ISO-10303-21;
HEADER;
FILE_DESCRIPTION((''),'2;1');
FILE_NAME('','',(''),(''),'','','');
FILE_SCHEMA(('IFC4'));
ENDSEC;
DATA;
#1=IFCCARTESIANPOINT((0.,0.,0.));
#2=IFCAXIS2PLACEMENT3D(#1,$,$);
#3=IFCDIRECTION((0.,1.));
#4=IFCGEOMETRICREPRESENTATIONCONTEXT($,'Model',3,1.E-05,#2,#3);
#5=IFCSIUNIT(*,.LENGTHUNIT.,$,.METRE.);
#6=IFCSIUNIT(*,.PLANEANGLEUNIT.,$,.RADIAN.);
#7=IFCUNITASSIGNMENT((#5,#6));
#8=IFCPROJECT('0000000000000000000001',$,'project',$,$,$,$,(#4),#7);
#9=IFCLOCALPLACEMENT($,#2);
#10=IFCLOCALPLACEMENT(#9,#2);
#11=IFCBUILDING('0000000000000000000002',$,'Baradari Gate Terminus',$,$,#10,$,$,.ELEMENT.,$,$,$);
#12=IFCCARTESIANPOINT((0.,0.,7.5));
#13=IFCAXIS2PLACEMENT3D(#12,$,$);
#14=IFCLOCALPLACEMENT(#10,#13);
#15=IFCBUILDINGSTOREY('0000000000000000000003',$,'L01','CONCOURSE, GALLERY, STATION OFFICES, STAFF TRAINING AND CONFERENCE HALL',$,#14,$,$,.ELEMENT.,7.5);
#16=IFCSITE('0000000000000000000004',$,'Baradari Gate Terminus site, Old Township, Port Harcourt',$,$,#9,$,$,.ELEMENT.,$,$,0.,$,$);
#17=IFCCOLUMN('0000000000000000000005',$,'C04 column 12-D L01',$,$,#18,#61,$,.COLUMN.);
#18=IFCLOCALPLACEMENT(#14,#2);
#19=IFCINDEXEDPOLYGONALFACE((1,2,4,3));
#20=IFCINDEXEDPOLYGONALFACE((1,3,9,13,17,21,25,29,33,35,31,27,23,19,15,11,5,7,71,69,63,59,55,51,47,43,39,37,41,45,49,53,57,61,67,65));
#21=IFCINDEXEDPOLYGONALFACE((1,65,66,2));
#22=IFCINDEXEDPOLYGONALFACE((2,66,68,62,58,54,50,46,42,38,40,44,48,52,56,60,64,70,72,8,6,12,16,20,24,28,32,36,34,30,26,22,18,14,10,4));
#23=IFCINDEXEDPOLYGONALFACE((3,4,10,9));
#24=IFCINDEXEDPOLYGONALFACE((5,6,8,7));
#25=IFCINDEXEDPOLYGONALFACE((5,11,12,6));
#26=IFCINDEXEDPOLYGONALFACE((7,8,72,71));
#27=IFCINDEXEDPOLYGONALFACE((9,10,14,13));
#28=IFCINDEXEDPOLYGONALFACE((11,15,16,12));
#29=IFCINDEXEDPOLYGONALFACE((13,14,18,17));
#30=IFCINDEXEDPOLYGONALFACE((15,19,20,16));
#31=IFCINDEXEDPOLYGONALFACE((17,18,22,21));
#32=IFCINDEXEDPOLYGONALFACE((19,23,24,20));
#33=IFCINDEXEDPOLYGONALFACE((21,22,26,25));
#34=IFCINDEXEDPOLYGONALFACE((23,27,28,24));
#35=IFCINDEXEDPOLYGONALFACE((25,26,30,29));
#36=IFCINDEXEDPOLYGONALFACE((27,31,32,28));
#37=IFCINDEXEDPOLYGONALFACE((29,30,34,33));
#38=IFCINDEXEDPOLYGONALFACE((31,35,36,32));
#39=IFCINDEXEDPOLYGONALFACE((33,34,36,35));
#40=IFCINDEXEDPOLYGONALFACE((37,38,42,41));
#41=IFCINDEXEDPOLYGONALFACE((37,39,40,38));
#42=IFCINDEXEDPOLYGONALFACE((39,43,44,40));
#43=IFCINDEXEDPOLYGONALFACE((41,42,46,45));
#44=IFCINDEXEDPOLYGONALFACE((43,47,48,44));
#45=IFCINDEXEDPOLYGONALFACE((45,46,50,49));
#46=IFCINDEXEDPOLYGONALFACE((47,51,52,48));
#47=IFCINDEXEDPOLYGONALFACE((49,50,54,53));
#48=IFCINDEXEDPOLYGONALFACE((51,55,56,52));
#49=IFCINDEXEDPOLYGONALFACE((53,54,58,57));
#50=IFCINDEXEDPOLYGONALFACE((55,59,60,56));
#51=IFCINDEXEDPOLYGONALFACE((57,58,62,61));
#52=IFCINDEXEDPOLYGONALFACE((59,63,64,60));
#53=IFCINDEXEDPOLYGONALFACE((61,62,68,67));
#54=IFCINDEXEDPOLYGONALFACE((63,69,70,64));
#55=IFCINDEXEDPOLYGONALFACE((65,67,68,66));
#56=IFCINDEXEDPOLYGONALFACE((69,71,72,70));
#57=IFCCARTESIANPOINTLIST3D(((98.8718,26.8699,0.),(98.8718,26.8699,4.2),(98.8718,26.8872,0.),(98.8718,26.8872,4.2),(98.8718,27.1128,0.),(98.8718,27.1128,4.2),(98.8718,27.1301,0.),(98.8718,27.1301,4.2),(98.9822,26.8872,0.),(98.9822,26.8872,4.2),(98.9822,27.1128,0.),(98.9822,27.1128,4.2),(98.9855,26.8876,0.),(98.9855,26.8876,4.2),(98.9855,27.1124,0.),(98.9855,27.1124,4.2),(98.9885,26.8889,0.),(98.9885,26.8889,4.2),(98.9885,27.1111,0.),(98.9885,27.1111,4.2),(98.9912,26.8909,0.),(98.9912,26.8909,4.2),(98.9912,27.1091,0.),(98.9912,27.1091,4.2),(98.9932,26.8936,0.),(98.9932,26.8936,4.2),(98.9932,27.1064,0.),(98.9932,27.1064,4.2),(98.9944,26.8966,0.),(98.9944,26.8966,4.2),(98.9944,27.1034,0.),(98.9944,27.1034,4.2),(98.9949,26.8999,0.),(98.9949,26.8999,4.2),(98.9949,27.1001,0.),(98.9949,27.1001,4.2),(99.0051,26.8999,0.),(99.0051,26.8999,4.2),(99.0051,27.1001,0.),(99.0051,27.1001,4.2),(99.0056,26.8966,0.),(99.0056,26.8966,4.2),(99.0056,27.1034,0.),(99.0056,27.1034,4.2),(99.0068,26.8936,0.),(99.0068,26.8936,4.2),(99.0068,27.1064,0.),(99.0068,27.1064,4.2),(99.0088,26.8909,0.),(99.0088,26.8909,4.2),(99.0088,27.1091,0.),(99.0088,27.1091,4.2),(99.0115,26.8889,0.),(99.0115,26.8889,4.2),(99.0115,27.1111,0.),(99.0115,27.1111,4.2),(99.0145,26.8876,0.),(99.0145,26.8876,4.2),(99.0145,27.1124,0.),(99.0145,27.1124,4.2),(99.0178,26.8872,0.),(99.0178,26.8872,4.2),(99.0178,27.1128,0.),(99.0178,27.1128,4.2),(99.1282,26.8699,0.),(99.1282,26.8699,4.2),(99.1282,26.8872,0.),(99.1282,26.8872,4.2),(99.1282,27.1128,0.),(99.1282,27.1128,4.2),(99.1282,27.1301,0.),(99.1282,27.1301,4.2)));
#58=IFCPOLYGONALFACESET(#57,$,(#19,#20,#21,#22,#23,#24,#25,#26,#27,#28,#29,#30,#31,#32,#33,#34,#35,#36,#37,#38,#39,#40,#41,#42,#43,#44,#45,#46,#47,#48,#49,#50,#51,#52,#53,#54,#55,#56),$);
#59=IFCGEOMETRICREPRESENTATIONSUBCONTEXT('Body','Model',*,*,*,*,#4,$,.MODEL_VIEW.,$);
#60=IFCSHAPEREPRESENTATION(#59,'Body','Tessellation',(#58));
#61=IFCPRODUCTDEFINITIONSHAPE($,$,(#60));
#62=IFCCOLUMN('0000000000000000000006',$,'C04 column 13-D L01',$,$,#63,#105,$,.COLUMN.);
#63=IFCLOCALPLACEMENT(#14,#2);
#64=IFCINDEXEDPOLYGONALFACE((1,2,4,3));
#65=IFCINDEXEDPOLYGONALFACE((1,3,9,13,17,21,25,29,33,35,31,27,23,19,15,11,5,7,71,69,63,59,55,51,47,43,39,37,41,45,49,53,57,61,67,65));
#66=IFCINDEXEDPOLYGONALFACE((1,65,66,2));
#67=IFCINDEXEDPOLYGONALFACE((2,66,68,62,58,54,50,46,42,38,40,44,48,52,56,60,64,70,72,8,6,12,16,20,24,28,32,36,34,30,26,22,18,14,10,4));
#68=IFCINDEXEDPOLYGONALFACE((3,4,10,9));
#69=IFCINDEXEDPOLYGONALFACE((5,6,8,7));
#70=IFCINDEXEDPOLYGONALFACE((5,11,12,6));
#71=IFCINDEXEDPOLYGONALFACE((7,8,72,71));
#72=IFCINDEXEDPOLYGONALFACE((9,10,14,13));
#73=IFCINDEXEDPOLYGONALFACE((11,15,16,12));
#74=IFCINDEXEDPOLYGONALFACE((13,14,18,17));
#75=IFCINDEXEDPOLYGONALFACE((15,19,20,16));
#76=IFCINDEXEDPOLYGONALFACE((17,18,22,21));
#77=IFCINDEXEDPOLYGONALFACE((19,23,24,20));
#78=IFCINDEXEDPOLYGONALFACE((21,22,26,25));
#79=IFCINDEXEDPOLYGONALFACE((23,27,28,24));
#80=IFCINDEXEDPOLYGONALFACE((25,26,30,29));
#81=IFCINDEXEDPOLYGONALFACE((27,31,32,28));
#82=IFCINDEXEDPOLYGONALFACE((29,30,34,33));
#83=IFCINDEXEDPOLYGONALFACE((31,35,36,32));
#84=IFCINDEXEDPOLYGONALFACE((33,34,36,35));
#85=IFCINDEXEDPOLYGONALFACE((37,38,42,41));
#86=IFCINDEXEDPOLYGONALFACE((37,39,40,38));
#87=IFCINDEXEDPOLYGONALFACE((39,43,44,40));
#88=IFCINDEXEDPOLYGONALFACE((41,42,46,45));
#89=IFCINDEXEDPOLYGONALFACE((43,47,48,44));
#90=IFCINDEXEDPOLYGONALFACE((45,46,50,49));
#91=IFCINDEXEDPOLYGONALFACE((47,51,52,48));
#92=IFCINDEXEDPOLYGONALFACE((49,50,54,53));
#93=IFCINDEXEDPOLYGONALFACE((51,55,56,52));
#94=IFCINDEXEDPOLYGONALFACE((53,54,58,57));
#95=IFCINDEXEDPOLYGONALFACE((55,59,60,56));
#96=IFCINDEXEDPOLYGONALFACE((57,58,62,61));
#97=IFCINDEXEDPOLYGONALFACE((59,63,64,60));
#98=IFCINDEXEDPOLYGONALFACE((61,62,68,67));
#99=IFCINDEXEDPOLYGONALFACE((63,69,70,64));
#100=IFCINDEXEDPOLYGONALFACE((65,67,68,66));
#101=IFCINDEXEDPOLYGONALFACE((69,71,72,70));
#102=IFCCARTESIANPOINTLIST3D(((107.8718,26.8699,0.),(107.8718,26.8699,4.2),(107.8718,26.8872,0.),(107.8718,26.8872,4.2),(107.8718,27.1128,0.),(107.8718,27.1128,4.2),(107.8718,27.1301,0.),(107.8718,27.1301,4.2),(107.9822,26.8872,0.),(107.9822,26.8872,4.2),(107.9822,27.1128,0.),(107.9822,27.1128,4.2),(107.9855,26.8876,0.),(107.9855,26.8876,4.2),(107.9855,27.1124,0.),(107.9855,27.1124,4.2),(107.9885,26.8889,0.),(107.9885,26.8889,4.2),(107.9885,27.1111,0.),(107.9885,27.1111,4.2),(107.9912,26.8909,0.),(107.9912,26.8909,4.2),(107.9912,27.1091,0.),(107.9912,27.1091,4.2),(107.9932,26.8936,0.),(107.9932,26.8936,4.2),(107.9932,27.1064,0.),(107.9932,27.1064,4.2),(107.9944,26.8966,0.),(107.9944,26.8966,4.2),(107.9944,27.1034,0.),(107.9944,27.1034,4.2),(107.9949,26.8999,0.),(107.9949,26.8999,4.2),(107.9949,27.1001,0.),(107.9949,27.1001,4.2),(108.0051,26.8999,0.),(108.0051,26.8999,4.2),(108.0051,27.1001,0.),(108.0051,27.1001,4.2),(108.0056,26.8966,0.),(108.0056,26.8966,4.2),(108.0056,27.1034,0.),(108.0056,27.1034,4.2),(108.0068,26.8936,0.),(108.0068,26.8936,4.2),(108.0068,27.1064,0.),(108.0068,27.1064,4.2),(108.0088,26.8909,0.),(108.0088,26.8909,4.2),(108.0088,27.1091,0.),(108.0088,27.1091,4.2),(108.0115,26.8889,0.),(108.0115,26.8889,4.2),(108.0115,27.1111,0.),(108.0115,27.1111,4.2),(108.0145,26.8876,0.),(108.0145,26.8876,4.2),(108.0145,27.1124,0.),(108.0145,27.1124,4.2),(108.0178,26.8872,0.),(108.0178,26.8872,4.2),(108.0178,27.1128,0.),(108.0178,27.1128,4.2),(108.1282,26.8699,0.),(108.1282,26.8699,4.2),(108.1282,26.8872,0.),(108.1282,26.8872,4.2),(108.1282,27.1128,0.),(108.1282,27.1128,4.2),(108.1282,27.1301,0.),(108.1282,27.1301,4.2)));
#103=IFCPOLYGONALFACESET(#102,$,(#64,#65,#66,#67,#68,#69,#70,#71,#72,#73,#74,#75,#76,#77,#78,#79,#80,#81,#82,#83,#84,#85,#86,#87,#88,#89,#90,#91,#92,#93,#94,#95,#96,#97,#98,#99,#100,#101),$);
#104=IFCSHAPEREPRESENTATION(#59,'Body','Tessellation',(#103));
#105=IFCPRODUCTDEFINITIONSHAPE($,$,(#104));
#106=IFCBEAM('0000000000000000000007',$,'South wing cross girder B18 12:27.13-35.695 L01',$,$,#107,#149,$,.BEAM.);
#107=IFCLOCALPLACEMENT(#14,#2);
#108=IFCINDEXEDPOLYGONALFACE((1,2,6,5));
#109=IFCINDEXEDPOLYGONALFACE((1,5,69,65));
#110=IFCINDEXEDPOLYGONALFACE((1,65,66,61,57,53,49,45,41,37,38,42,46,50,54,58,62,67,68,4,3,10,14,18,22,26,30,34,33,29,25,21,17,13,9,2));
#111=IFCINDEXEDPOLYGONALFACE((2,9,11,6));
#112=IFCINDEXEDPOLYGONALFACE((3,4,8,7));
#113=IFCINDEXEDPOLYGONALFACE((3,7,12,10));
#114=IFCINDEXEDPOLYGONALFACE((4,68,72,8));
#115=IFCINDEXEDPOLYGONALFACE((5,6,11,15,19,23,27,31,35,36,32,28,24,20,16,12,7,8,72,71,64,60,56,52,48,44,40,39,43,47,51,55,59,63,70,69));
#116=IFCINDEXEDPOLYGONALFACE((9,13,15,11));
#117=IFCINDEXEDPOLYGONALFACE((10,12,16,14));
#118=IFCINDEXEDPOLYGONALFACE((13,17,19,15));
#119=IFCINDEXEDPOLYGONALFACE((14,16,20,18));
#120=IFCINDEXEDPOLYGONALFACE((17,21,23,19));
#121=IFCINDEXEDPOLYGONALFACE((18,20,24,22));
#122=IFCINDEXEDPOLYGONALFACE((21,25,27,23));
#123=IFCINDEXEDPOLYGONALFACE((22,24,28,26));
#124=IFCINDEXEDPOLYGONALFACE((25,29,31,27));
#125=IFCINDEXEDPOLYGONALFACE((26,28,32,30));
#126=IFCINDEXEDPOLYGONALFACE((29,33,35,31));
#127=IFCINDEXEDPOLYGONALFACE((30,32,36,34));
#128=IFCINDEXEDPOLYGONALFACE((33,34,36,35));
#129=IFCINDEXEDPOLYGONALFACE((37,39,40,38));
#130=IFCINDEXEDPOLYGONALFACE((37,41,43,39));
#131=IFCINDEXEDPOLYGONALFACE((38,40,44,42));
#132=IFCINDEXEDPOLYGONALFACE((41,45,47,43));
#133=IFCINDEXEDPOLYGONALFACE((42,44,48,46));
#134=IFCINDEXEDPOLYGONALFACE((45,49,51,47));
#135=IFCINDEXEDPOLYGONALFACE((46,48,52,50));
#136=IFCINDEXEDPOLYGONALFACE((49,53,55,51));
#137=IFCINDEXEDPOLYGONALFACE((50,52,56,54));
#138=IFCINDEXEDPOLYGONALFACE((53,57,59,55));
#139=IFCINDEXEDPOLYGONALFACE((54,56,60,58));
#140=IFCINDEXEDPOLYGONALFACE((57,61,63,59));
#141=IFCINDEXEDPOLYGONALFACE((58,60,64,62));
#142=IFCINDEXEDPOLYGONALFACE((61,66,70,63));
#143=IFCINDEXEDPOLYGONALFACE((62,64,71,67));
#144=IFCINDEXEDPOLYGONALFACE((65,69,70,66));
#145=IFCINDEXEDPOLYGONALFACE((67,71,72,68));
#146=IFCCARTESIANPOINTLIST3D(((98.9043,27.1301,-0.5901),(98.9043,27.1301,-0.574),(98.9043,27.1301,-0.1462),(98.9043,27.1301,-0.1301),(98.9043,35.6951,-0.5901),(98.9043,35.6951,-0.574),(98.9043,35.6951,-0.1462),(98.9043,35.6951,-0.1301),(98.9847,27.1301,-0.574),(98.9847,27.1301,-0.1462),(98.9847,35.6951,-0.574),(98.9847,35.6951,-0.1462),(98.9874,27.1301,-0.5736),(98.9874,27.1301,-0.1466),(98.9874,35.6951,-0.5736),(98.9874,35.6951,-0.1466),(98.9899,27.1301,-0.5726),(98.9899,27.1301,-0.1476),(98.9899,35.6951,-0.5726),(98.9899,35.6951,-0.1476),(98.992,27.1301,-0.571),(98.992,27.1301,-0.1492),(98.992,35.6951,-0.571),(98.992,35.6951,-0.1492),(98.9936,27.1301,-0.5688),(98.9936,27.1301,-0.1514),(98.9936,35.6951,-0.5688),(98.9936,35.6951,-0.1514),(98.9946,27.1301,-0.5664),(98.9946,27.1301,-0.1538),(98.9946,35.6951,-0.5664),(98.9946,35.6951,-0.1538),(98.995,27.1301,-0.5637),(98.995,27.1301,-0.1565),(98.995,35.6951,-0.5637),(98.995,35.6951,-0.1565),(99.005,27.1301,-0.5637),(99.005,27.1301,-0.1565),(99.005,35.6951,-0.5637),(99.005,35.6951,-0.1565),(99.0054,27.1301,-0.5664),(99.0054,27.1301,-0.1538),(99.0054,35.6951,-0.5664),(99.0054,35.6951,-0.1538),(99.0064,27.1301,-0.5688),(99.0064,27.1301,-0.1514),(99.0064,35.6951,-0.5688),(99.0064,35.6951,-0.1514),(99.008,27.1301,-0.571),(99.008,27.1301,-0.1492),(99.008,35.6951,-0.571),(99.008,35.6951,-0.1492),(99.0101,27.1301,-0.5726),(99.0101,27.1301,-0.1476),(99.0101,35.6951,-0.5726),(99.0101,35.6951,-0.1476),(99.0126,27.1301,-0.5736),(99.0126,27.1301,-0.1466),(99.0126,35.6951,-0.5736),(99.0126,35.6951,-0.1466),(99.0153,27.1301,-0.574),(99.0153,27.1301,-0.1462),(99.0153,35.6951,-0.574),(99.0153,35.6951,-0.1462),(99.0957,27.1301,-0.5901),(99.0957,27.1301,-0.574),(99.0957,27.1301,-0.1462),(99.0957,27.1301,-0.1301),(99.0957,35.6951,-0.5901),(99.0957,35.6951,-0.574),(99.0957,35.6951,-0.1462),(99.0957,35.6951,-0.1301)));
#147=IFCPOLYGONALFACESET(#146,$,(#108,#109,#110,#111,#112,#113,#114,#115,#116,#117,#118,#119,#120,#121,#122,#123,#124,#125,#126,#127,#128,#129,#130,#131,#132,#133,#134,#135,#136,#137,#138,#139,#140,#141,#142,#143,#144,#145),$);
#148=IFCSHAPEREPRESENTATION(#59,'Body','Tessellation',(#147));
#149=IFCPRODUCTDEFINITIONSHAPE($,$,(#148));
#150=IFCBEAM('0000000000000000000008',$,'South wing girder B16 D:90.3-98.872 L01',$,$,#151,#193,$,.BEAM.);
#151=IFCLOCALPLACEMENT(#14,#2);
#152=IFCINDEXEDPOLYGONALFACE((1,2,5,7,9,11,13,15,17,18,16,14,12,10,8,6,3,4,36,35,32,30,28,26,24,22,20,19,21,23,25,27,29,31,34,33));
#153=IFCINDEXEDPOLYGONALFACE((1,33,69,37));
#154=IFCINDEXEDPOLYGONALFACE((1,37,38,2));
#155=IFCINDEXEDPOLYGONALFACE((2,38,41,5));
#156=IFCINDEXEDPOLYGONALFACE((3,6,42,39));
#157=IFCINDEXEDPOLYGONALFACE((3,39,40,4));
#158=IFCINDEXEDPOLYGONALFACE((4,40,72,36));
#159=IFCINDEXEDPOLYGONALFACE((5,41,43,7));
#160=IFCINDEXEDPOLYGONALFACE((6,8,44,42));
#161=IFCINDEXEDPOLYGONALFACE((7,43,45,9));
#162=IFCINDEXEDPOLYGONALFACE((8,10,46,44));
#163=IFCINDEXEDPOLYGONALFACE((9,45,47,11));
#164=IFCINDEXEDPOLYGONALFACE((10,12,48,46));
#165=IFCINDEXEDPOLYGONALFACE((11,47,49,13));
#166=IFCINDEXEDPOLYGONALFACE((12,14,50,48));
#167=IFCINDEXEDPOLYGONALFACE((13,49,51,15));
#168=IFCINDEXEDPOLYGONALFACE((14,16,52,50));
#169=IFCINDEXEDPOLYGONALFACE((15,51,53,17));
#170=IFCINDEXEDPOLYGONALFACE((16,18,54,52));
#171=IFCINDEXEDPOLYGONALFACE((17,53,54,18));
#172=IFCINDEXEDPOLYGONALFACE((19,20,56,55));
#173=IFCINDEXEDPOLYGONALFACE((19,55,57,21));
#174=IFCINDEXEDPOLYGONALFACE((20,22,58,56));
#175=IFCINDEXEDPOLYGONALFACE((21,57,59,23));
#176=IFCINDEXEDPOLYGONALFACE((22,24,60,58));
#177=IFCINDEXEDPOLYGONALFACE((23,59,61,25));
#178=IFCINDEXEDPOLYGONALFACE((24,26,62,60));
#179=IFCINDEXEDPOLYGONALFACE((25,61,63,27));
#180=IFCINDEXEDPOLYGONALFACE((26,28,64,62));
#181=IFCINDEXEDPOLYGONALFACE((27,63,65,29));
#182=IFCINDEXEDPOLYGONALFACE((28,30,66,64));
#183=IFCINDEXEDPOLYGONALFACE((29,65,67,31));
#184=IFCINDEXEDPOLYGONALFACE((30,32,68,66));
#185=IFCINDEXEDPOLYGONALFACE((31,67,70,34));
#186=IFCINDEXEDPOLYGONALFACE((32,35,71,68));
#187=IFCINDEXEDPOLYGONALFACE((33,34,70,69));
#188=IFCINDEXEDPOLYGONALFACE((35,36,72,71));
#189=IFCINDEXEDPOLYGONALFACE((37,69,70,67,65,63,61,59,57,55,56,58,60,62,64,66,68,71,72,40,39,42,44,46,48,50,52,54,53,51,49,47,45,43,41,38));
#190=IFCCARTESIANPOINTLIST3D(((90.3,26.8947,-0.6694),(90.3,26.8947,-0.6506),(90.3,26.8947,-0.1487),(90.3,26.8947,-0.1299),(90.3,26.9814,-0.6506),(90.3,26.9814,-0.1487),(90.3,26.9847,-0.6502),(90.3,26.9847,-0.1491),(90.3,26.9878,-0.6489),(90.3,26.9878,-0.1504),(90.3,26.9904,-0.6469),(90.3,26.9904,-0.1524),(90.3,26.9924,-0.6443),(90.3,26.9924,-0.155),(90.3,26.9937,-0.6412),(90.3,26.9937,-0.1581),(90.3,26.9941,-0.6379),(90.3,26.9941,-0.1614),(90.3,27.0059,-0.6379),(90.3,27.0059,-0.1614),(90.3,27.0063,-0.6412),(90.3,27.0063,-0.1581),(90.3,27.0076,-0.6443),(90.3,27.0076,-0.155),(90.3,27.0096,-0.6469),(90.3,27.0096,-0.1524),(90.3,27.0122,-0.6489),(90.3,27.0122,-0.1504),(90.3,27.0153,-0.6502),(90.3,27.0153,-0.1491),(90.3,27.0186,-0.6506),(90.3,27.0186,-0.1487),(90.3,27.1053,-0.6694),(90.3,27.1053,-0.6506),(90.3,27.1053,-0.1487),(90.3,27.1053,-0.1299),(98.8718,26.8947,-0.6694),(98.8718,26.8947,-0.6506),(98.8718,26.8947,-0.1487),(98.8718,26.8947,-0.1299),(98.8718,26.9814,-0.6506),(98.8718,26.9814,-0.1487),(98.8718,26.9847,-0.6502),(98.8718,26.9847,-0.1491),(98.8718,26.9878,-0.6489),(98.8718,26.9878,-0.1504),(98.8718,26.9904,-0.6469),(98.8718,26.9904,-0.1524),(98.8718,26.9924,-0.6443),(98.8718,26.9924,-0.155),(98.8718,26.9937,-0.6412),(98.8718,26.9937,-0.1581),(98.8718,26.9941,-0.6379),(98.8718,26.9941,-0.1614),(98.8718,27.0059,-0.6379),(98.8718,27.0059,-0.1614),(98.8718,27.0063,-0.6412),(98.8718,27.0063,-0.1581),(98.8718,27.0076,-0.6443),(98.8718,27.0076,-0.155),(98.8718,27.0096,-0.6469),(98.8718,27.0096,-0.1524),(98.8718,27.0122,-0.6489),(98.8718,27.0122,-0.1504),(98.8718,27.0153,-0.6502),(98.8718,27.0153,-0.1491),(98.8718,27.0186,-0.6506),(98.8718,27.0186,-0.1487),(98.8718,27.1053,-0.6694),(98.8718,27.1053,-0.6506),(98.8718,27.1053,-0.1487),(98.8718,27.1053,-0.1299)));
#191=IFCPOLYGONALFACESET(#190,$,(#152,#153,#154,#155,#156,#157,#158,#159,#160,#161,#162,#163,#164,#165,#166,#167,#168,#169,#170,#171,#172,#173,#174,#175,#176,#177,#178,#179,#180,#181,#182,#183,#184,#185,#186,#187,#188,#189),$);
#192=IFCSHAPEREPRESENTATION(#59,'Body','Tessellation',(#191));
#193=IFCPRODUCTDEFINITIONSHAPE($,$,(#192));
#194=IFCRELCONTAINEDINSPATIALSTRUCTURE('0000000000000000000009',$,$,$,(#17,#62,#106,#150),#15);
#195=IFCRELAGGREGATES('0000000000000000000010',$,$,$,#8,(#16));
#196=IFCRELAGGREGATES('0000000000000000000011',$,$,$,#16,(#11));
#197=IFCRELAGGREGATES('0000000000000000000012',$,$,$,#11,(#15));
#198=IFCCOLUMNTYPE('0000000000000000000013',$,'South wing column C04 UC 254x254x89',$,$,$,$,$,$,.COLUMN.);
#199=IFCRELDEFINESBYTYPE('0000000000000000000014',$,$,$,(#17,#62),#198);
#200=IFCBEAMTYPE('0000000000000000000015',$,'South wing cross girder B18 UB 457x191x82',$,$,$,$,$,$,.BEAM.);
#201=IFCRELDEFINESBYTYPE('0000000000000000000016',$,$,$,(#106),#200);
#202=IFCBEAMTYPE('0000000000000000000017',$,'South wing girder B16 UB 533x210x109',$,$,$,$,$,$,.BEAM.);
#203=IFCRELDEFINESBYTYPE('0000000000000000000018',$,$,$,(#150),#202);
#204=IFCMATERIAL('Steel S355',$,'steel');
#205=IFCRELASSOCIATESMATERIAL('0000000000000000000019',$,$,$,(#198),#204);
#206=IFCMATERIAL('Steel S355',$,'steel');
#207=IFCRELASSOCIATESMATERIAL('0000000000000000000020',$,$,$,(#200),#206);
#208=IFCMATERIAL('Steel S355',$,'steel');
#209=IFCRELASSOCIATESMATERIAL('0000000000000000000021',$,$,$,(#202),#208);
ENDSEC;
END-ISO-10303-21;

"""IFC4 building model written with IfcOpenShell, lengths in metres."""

from ifc_helpers import new_model, si_unit, direction, frame, origin, origin_2d, place, context, subcontext, project, spatial, i_section, extrude, material, material_profile, profile_set, type_object, element, save


model = new_model("IFC4")

# Units and contexts
model_context = context("Model", 3, precision=1e-05, world=origin(), true_north=direction((0.0, 1.0)))
body_context = subcontext(model_context, "Body", "Model", "MODEL_VIEW")
ifc_project = project(units=[si_unit("LENGTHUNIT", "METRE"), si_unit("PLANEANGLEUNIT", "RADIAN")], contexts=[model_context])

# Site, building, storey
site_placement = place(None, origin())
site = spatial("IfcSite", under=ifc_project, at=site_placement, Name="Baradari Gate Terminus site, Old Township, Port Harcourt", CompositionType="ELEMENT", RefElevation=0.0)
building_placement = place(site_placement, origin())
building = spatial("IfcBuilding", under=site, at=building_placement, Name="Baradari Gate Terminus", CompositionType="ELEMENT")
storey_placement = place(building_placement, frame((0.0, 0.0, 7.5)))
storey = spatial("IfcBuildingStorey", under=building, at=storey_placement, Name="L01", Description="CONCOURSE, GALLERY, STATION OFFICES, STAFF TRAINING AND CONFERENCE HALL", CompositionType="ELEMENT", Elevation=7.5)

# Columns
ifc_material_1 = material(Name="Steel S355", Category="steel")
ifc_material_profile_1 = material_profile(ifc_material_1, i_section(OverallWidth=0.2563, OverallDepth=0.2603, WebThickness=0.0103, FlangeThickness=0.0173, FilletRadius=0.0127, at=origin_2d()), Name="UC 254x254x89")
ifc_profile_set_1 = profile_set([ifc_material_profile_1], Name="Steel S355")
column_type = type_object("IfcColumnType", Name="South wing column C04 UC 254x254x89", PredefinedType="COLUMN", material=ifc_profile_set_1)
for number, where, z_axis, x_axis, name in (
    (1, (99.0, 27.0, 0.0), (0.0, 0.0, 1.0), (1.0, 0.0, 0.0), "C04 column 12-D L01"),
    (2, (108.0, 27.0, 0.0), (0.0, 0.0, 1.0), (1.0, 0.0, 0.0), "C04 column 13-D L01"),
):
    element("IfcColumn", number, at=place(storey_placement, frame(where, z_axis=z_axis, x_axis=x_axis)), inside=storey, type_object=column_type, Name=name, PredefinedType="COLUMN", context=body_context, shape_type="SweptSolid", body=[
        extrude(i_section(OverallWidth=0.2563, OverallDepth=0.2603, WebThickness=0.0103, FlangeThickness=0.0173, FilletRadius=0.0127, at=origin_2d()), origin(), (0.0, 0.0, 1.0), 4.2),
    ])

# Beams
ifc_material_2 = material(Name="Steel S355", Category="steel")
ifc_material_profile_2 = material_profile(ifc_material_2, i_section(OverallWidth=0.1914, OverallDepth=0.46, WebThickness=0.01, FlangeThickness=0.0161, FilletRadius=0.0103, at=origin_2d()), Name="UB 457x191x82")
ifc_profile_set_2 = profile_set([ifc_material_profile_2], Name="Steel S355")
beam_type_1 = type_object("IfcBeamType", Name="South wing cross girder B18 UB 457x191x82", PredefinedType="BEAM", material=ifc_profile_set_2)
beam_1_placement = place(storey_placement, frame((99.0, 27.1301, -0.3601), z_axis=(0.0, 1.0, 0.0), x_axis=(-1.0, 0.0, 0.0)))
element("IfcBeam", 3, at=beam_1_placement, inside=storey, type_object=beam_type_1, Name="South wing cross girder B18 12:27.13-35.695 L01", PredefinedType="BEAM", context=body_context, shape_type="SweptSolid", body=[
    extrude(i_section(OverallWidth=0.1914, OverallDepth=0.46, WebThickness=0.01, FlangeThickness=0.0161, FilletRadius=0.0103, at=origin_2d()), origin(), (0.0, 0.0, 1.0), 8.5649),
])
ifc_material_3 = material(Name="Steel S355", Category="steel")
ifc_material_profile_3 = material_profile(ifc_material_3, i_section(OverallWidth=0.2107, OverallDepth=0.5396, WebThickness=0.0117, FlangeThickness=0.0188, FilletRadius=0.0127, at=origin_2d()), Name="UB 533x210x109")
ifc_profile_set_3 = profile_set([ifc_material_profile_3], Name="Steel S355")
beam_type_2 = type_object("IfcBeamType", Name="South wing girder B16 UB 533x210x109", PredefinedType="BEAM", material=ifc_profile_set_3)
beam_2_placement = place(storey_placement, frame((90.3, 27.0, -0.3997), z_axis=(1.0, 0.0, 0.0), x_axis=(0.0, 1.0, 0.0)))
element("IfcBeam", 4, at=beam_2_placement, inside=storey, type_object=beam_type_2, Name="South wing girder B16 D:90.3-98.872 L01", PredefinedType="BEAM", context=body_context, shape_type="SweptSolid", body=[
    extrude(i_section(OverallWidth=0.2107, OverallDepth=0.5396, WebThickness=0.0117, FlangeThickness=0.0188, FilletRadius=0.0127, at=origin_2d()), origin(), (0.0, 0.0, 1.0), 8.5718),
])

save(model, "model.ifc")
